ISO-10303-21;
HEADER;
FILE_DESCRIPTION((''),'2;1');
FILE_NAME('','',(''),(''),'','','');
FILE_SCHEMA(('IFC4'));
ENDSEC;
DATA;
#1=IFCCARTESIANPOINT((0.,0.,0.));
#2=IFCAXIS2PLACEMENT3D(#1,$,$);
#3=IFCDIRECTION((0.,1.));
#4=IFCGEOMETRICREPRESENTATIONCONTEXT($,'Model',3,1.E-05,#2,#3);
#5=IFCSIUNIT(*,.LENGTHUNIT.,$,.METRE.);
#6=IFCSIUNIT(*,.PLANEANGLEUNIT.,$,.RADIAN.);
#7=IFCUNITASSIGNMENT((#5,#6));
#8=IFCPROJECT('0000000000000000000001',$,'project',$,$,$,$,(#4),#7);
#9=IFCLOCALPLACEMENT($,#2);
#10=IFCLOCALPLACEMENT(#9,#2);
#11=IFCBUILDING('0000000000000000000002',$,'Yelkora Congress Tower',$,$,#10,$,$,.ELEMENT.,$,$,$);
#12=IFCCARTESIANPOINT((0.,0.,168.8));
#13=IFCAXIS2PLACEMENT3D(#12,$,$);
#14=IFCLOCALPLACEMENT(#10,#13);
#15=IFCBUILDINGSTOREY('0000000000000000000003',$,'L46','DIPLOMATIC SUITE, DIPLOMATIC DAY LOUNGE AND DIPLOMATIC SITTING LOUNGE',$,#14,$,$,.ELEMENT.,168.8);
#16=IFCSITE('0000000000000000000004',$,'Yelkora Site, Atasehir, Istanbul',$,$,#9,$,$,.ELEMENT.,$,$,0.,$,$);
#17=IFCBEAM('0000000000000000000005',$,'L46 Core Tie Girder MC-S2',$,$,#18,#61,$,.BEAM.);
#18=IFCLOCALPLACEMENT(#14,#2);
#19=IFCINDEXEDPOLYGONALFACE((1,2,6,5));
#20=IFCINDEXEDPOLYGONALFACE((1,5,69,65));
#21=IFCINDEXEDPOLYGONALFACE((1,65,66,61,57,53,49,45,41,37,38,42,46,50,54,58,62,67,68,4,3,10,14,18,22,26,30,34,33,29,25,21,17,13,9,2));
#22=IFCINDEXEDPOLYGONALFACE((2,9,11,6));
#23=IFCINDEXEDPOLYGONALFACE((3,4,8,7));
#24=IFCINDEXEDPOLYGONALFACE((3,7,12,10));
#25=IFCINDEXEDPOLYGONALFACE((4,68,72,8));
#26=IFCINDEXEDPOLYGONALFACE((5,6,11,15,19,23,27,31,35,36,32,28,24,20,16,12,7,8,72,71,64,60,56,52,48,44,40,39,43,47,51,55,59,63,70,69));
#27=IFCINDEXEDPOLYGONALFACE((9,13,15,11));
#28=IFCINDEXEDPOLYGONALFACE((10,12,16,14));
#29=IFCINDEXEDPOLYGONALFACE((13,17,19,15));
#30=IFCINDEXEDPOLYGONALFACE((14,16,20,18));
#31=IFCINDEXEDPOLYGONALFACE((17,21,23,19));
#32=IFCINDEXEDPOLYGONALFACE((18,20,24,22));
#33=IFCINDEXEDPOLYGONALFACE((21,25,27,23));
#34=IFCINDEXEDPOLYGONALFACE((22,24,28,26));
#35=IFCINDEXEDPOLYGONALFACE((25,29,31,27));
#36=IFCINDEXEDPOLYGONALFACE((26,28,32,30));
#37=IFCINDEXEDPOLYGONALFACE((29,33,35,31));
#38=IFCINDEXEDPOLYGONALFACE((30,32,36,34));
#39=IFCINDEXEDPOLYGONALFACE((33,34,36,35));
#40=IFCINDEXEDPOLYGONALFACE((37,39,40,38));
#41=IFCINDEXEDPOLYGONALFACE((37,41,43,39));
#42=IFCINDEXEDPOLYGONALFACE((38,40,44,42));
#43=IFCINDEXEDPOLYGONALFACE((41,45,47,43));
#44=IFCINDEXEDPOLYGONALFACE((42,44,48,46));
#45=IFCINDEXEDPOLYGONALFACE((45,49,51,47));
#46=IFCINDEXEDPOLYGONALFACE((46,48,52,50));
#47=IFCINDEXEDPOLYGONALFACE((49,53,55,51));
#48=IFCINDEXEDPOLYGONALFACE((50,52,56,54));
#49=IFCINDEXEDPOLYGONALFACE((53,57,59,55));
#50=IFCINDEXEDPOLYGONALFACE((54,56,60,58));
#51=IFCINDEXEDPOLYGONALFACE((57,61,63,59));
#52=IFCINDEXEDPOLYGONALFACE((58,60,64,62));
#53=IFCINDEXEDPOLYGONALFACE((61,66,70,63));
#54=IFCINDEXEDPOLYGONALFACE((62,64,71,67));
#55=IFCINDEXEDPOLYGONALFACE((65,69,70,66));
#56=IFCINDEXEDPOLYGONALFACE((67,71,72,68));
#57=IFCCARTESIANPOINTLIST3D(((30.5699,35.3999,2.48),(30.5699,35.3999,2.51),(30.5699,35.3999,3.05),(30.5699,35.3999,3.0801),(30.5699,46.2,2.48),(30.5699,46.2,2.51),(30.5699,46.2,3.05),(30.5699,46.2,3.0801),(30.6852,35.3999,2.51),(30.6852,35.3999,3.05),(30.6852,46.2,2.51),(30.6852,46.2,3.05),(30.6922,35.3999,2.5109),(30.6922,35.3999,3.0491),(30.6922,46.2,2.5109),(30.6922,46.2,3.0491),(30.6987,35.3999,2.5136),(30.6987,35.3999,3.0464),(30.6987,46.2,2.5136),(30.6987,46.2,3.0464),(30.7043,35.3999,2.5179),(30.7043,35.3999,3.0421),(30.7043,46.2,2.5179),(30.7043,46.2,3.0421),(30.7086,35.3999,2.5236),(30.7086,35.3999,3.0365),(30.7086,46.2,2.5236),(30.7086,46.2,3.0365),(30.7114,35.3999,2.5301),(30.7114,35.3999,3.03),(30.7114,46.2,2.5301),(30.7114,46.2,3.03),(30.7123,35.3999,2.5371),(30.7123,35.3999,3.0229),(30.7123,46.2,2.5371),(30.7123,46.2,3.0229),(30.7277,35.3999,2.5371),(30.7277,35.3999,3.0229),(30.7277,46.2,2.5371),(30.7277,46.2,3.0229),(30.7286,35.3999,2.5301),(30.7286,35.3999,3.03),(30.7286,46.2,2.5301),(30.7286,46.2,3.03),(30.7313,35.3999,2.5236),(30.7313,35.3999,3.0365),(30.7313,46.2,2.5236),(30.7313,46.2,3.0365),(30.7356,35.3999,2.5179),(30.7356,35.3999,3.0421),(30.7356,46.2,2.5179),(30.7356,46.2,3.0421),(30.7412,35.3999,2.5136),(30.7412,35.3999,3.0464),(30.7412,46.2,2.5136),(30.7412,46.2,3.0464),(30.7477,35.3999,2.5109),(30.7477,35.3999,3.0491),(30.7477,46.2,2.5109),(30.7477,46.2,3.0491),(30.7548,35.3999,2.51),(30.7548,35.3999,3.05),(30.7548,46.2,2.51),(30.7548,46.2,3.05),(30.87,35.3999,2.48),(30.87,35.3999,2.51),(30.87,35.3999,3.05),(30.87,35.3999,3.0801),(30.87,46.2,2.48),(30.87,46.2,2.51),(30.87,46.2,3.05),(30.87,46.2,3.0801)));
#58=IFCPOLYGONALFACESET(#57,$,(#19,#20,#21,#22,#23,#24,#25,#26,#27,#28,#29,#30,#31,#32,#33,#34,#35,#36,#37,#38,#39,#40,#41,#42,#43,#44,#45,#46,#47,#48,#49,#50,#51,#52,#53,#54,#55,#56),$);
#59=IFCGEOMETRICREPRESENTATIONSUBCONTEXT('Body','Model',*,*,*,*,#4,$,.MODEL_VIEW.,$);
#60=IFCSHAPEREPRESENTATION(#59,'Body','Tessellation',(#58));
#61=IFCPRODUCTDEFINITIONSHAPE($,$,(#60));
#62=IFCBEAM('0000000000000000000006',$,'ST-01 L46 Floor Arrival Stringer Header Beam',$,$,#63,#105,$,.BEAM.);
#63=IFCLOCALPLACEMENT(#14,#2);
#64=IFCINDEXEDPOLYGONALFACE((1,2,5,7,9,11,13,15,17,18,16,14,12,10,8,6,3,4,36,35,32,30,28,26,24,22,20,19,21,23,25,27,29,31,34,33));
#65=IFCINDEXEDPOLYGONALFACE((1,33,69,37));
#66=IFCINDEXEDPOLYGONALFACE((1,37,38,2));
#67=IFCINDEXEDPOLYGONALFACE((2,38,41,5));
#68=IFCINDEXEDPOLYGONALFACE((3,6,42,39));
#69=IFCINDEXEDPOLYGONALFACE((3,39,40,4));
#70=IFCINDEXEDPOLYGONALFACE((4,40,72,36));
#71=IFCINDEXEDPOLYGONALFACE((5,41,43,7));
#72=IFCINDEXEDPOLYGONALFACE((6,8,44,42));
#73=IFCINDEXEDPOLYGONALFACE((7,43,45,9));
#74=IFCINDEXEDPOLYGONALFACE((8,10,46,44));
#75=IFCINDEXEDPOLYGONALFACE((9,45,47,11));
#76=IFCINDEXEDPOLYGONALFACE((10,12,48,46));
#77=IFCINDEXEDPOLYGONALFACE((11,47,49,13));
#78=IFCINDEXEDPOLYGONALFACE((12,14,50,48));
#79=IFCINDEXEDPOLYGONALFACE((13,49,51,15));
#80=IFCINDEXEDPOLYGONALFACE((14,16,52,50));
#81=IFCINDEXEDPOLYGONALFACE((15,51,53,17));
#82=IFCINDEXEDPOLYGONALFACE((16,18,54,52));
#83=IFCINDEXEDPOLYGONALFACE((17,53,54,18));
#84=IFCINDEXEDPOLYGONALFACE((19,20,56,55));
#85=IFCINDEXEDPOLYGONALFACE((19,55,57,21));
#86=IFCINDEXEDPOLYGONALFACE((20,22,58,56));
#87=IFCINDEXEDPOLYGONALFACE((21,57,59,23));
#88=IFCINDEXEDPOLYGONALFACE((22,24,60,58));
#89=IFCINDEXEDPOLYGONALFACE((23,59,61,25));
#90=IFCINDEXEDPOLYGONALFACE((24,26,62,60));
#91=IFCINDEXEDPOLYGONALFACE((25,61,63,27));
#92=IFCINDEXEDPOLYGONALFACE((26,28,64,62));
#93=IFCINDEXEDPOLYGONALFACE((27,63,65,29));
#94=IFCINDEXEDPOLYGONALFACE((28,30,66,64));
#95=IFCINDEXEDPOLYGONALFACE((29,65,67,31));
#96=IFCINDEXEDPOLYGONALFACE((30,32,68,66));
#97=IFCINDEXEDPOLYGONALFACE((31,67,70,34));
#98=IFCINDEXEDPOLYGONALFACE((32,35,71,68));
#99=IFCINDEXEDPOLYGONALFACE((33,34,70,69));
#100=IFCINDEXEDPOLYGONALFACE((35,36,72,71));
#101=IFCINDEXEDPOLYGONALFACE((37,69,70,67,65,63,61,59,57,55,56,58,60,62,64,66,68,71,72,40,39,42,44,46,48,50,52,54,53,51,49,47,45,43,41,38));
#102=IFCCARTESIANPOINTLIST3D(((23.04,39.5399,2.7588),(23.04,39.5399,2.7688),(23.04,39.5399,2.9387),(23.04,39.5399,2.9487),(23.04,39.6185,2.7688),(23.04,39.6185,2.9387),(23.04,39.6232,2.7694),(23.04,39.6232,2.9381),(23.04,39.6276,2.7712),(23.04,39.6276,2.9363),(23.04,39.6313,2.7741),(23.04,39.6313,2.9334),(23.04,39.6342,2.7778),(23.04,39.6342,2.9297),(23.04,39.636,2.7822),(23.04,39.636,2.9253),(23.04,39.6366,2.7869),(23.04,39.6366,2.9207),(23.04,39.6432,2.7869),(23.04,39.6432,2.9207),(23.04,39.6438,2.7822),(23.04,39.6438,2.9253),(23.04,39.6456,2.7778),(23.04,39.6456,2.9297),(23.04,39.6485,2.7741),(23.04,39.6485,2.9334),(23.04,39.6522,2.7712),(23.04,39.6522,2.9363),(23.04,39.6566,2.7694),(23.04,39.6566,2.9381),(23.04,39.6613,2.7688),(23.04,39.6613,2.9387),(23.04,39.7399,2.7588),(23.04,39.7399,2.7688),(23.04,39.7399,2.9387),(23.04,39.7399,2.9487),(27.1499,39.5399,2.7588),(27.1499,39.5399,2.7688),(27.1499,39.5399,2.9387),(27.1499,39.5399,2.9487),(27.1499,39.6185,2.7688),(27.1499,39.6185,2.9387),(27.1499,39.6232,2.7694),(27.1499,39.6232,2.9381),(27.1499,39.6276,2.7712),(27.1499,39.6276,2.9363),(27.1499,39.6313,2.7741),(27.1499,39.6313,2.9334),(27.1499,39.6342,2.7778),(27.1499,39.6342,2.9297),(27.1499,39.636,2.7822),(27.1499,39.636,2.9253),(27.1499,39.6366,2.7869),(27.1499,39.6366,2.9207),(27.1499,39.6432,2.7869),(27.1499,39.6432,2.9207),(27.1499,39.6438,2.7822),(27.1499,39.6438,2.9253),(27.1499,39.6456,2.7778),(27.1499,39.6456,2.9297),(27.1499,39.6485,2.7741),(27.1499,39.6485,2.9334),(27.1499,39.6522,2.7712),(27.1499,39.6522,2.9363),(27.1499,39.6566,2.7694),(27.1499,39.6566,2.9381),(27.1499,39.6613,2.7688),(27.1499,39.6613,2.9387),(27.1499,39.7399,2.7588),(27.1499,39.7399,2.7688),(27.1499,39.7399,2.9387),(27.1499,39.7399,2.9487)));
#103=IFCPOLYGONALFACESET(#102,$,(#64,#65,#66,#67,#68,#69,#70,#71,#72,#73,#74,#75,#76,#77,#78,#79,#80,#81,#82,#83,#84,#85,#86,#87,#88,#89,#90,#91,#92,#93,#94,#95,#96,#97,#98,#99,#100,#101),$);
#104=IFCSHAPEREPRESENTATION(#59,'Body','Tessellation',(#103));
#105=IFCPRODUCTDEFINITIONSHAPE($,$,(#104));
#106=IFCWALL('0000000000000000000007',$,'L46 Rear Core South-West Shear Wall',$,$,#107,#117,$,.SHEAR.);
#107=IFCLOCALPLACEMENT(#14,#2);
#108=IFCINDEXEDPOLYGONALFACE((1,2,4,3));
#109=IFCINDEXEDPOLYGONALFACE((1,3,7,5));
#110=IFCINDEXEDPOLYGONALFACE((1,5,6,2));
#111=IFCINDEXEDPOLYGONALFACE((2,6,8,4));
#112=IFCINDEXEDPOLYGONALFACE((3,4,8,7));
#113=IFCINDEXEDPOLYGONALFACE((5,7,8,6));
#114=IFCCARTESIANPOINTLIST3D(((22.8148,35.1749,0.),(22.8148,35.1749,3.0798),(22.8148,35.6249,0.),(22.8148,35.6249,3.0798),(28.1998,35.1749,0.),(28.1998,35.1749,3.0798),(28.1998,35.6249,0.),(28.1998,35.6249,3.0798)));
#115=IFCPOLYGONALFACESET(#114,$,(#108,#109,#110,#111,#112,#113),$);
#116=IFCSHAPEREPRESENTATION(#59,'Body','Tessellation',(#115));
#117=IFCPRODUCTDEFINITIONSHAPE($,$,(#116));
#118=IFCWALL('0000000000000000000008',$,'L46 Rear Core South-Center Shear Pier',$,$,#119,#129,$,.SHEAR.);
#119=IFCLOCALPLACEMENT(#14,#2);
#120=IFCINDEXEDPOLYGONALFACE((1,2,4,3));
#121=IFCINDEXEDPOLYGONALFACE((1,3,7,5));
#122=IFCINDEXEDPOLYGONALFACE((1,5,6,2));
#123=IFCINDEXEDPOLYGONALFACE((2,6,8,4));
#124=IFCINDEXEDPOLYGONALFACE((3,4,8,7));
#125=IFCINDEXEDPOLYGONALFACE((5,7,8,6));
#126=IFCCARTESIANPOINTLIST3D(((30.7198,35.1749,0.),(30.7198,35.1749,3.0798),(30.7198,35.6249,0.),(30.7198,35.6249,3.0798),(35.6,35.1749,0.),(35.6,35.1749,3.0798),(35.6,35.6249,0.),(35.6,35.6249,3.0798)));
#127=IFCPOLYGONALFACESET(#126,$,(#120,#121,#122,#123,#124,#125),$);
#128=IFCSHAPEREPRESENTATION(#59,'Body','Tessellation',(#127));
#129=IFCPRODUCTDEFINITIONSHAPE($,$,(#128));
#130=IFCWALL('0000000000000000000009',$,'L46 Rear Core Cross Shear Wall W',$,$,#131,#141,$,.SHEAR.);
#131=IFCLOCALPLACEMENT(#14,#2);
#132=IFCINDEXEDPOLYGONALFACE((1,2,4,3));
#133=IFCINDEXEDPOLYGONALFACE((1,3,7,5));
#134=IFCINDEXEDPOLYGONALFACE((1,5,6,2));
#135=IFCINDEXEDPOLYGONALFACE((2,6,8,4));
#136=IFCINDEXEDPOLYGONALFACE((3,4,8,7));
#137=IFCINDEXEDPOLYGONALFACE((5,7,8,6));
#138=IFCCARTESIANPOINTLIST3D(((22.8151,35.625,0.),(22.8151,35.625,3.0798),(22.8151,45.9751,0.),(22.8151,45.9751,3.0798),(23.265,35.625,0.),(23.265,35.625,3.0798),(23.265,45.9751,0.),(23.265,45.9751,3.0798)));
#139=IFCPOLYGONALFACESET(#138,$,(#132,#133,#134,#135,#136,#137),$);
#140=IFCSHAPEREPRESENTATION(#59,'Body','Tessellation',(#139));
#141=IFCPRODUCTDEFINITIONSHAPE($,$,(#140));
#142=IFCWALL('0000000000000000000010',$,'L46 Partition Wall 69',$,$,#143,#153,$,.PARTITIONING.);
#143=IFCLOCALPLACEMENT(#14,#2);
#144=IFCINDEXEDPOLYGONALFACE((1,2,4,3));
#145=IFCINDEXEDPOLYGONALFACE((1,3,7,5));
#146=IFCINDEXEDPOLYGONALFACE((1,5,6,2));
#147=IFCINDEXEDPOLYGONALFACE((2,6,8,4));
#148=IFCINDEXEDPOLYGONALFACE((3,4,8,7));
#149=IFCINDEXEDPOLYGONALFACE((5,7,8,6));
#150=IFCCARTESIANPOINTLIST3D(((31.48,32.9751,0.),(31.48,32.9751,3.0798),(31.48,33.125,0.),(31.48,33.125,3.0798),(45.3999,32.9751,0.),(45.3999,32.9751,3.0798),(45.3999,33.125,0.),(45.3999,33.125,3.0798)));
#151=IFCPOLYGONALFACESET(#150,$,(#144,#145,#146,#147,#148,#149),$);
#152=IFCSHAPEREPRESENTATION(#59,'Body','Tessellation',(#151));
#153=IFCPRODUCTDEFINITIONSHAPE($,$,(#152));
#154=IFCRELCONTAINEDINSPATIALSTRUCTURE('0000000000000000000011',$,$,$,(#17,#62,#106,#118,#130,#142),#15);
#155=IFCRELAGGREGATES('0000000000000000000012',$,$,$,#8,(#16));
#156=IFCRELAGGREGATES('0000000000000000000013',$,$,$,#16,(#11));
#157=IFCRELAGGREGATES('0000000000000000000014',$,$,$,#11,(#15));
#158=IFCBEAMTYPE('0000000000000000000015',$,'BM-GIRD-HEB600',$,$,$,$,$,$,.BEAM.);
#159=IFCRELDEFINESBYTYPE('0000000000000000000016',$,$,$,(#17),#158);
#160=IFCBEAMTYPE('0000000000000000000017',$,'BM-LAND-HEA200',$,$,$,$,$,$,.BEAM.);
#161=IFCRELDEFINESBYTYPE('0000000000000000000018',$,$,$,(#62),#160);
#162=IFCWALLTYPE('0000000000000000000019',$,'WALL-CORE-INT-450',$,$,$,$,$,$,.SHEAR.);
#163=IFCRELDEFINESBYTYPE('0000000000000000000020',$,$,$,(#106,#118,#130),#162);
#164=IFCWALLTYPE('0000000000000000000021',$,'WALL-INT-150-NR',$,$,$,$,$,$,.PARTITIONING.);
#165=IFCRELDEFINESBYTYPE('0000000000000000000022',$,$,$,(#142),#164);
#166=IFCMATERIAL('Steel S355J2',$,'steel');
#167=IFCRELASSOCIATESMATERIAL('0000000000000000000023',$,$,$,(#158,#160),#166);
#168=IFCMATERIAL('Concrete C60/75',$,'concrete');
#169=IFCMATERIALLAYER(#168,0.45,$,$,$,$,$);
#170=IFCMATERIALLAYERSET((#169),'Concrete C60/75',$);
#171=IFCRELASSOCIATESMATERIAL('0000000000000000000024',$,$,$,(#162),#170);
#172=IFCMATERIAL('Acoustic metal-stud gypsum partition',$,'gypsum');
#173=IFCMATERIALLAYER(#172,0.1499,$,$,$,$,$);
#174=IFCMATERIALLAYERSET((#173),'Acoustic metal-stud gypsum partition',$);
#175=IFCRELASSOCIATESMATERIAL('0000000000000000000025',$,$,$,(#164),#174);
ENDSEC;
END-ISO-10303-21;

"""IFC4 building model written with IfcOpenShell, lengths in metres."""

from ifc_helpers import new_model, si_unit, direction, frame, frame_2d, origin, origin_2d, place, context, subcontext, project, spatial, rectangle, i_section, extrude, material, layer, layer_set, material_profile, profile_set, type_object, element, save


model = new_model("IFC4")

# Units and contexts
model_context = context("Model", 3, precision=1e-05, world=origin(), true_north=direction((0.0, 1.0)))
body_context = subcontext(model_context, "Body", "Model", "MODEL_VIEW")
ifc_project = project(units=[si_unit("LENGTHUNIT", "METRE"), si_unit("PLANEANGLEUNIT", "RADIAN")], contexts=[model_context])

# Site, building, storey
site_placement = place(None, origin())
site = spatial("IfcSite", under=ifc_project, at=site_placement, Name="Yelkora Site, Atasehir, Istanbul", CompositionType="ELEMENT", RefElevation=0.0)
building_placement = place(site_placement, origin())
building = spatial("IfcBuilding", under=site, at=building_placement, Name="Yelkora Congress Tower", CompositionType="ELEMENT")
storey_placement = place(building_placement, frame((0.0, 0.0, 168.8)))
storey = spatial("IfcBuildingStorey", under=building, at=storey_placement, Name="L46", Description="DIPLOMATIC SUITE, DIPLOMATIC DAY LOUNGE AND DIPLOMATIC SITTING LOUNGE", CompositionType="ELEMENT", Elevation=168.8)

# Beams
ifc_material_1 = material(Name="Steel S355J2", Category="steel")
ifc_material_profile_1 = material_profile(ifc_material_1, i_section(OverallWidth=0.3, OverallDepth=0.6001, WebThickness=0.0154, FlangeThickness=0.03, FilletRadius=0.0271, at=origin_2d()), Name="HEB 600")
ifc_profile_set_1 = profile_set([ifc_material_profile_1], Name="Steel S355J2")
beam_type_1 = type_object("IfcBeamType", Name="BM-GIRD-HEB600", PredefinedType="BEAM", material=ifc_profile_set_1)
beam_1_placement = place(storey_placement, frame((30.72, 35.3999, 2.78), z_axis=(0.0, 1.0, 0.0), x_axis=(-1.0, 0.0, 0.0)))
element("IfcBeam", 1, at=beam_1_placement, inside=storey, type_object=beam_type_1, Name="L46 Core Tie Girder MC-S2", PredefinedType="BEAM", context=body_context, shape_type="SweptSolid", body=[
    extrude(i_section(OverallWidth=0.3, OverallDepth=0.6001, WebThickness=0.0154, FlangeThickness=0.03, FilletRadius=0.0271, at=origin_2d()), origin(), (0.0, 0.0, 1.0), 10.8),
])
ifc_material_profile_2 = material_profile(ifc_material_1, i_section(OverallWidth=0.2, OverallDepth=0.1899, WebThickness=0.0066, FlangeThickness=0.01, FilletRadius=0.0181, at=origin_2d()), Name="HEA 200")
ifc_profile_set_2 = profile_set([ifc_material_profile_2], Name="Steel S355J2")
beam_type_2 = type_object("IfcBeamType", Name="BM-LAND-HEA200", PredefinedType="BEAM", material=ifc_profile_set_2)
beam_2_placement = place(storey_placement, frame((23.04, 39.6399, 2.8538), z_axis=(1.0, 0.0, 0.0), x_axis=(0.0, 1.0, 0.0)))
element("IfcBeam", 2, at=beam_2_placement, inside=storey, type_object=beam_type_2, Name="ST-01 L46 Floor Arrival Stringer Header Beam", PredefinedType="BEAM", context=body_context, shape_type="SweptSolid", body=[
    extrude(i_section(OverallWidth=0.2, OverallDepth=0.1899, WebThickness=0.0066, FlangeThickness=0.01, FilletRadius=0.0181, at=origin_2d()), origin(), (0.0, 0.0, 1.0), 4.1099),
])

# Walls
ifc_material_2 = material(Name="Concrete C60/75", Category="concrete")
ifc_layer_1 = layer(ifc_material_2, 0.45)
ifc_layer_set_1 = layer_set([ifc_layer_1], Name="Concrete C60/75")
wall_type_1 = type_object("IfcWallType", Name="WALL-CORE-INT-450", PredefinedType="SHEAR", material=ifc_layer_set_1)
wall_1_placement = place(storey_placement, frame((22.8149, 35.3999, 0.0), z_axis=(0.0, 0.0, 1.0), x_axis=(1.0, 0.0, 0.0)))
element("IfcWall", 3, at=wall_1_placement, inside=storey, type_object=wall_type_1, Name="L46 Rear Core South-West Shear Wall", PredefinedType="SHEAR", context=body_context, shape_type="SweptSolid", body=[
    extrude(rectangle(XDim=5.385, YDim=0.45, at=frame_2d((2.6924, 0.0))), origin(), (0.0, 0.0, 1.0), 3.0798),
])
wall_2_placement = place(storey_placement, frame((30.72, 35.3999, 0.0), z_axis=(0.0, 0.0, 1.0), x_axis=(1.0, 0.0, 0.0)))
element("IfcWall", 4, at=wall_2_placement, inside=storey, type_object=wall_type_1, Name="L46 Rear Core South-Center Shear Pier", PredefinedType="SHEAR", context=body_context, shape_type="SweptSolid", body=[
    extrude(rectangle(XDim=4.8801, YDim=0.45, at=frame_2d((2.4399, 0.0))), origin(), (0.0, 0.0, 1.0), 3.0798),
])
wall_3_placement = place(storey_placement, frame((23.04, 35.625, 0.0), z_axis=(0.0, 0.0, 1.0), x_axis=(0.0, 1.0, 0.0)))
element("IfcWall", 5, at=wall_3_placement, inside=storey, type_object=wall_type_1, Name="L46 Rear Core Cross Shear Wall W", PredefinedType="SHEAR", context=body_context, shape_type="SweptSolid", body=[
    extrude(rectangle(XDim=10.3501, YDim=0.45, at=frame_2d((5.175, 0.0))), origin(), (0.0, 0.0, 1.0), 3.0798),
])

# Wall
ifc_material_3 = material(Name="Acoustic metal-stud gypsum partition", Category="gypsum")
ifc_layer_2 = layer(ifc_material_3, 0.1499)
ifc_layer_set_2 = layer_set([ifc_layer_2], Name="Acoustic metal-stud gypsum partition")
wall_type_2 = type_object("IfcWallType", Name="WALL-INT-150-NR", PredefinedType="PARTITIONING", material=ifc_layer_set_2)
wall_4_placement = place(storey_placement, frame((31.48, 33.05, 0.0), z_axis=(0.0, 0.0, 1.0), x_axis=(1.0, 0.0, 0.0)))
element("IfcWall", 6, at=wall_4_placement, inside=storey, type_object=wall_type_2, Name="L46 Partition Wall 69", PredefinedType="PARTITIONING", context=body_context, shape_type="SweptSolid", body=[
    extrude(rectangle(XDim=13.9199, YDim=0.1499, at=frame_2d((6.96, 0.0))), origin(), (0.0, 0.0, 1.0), 3.0798),
])

save(model, "model.ifc")
